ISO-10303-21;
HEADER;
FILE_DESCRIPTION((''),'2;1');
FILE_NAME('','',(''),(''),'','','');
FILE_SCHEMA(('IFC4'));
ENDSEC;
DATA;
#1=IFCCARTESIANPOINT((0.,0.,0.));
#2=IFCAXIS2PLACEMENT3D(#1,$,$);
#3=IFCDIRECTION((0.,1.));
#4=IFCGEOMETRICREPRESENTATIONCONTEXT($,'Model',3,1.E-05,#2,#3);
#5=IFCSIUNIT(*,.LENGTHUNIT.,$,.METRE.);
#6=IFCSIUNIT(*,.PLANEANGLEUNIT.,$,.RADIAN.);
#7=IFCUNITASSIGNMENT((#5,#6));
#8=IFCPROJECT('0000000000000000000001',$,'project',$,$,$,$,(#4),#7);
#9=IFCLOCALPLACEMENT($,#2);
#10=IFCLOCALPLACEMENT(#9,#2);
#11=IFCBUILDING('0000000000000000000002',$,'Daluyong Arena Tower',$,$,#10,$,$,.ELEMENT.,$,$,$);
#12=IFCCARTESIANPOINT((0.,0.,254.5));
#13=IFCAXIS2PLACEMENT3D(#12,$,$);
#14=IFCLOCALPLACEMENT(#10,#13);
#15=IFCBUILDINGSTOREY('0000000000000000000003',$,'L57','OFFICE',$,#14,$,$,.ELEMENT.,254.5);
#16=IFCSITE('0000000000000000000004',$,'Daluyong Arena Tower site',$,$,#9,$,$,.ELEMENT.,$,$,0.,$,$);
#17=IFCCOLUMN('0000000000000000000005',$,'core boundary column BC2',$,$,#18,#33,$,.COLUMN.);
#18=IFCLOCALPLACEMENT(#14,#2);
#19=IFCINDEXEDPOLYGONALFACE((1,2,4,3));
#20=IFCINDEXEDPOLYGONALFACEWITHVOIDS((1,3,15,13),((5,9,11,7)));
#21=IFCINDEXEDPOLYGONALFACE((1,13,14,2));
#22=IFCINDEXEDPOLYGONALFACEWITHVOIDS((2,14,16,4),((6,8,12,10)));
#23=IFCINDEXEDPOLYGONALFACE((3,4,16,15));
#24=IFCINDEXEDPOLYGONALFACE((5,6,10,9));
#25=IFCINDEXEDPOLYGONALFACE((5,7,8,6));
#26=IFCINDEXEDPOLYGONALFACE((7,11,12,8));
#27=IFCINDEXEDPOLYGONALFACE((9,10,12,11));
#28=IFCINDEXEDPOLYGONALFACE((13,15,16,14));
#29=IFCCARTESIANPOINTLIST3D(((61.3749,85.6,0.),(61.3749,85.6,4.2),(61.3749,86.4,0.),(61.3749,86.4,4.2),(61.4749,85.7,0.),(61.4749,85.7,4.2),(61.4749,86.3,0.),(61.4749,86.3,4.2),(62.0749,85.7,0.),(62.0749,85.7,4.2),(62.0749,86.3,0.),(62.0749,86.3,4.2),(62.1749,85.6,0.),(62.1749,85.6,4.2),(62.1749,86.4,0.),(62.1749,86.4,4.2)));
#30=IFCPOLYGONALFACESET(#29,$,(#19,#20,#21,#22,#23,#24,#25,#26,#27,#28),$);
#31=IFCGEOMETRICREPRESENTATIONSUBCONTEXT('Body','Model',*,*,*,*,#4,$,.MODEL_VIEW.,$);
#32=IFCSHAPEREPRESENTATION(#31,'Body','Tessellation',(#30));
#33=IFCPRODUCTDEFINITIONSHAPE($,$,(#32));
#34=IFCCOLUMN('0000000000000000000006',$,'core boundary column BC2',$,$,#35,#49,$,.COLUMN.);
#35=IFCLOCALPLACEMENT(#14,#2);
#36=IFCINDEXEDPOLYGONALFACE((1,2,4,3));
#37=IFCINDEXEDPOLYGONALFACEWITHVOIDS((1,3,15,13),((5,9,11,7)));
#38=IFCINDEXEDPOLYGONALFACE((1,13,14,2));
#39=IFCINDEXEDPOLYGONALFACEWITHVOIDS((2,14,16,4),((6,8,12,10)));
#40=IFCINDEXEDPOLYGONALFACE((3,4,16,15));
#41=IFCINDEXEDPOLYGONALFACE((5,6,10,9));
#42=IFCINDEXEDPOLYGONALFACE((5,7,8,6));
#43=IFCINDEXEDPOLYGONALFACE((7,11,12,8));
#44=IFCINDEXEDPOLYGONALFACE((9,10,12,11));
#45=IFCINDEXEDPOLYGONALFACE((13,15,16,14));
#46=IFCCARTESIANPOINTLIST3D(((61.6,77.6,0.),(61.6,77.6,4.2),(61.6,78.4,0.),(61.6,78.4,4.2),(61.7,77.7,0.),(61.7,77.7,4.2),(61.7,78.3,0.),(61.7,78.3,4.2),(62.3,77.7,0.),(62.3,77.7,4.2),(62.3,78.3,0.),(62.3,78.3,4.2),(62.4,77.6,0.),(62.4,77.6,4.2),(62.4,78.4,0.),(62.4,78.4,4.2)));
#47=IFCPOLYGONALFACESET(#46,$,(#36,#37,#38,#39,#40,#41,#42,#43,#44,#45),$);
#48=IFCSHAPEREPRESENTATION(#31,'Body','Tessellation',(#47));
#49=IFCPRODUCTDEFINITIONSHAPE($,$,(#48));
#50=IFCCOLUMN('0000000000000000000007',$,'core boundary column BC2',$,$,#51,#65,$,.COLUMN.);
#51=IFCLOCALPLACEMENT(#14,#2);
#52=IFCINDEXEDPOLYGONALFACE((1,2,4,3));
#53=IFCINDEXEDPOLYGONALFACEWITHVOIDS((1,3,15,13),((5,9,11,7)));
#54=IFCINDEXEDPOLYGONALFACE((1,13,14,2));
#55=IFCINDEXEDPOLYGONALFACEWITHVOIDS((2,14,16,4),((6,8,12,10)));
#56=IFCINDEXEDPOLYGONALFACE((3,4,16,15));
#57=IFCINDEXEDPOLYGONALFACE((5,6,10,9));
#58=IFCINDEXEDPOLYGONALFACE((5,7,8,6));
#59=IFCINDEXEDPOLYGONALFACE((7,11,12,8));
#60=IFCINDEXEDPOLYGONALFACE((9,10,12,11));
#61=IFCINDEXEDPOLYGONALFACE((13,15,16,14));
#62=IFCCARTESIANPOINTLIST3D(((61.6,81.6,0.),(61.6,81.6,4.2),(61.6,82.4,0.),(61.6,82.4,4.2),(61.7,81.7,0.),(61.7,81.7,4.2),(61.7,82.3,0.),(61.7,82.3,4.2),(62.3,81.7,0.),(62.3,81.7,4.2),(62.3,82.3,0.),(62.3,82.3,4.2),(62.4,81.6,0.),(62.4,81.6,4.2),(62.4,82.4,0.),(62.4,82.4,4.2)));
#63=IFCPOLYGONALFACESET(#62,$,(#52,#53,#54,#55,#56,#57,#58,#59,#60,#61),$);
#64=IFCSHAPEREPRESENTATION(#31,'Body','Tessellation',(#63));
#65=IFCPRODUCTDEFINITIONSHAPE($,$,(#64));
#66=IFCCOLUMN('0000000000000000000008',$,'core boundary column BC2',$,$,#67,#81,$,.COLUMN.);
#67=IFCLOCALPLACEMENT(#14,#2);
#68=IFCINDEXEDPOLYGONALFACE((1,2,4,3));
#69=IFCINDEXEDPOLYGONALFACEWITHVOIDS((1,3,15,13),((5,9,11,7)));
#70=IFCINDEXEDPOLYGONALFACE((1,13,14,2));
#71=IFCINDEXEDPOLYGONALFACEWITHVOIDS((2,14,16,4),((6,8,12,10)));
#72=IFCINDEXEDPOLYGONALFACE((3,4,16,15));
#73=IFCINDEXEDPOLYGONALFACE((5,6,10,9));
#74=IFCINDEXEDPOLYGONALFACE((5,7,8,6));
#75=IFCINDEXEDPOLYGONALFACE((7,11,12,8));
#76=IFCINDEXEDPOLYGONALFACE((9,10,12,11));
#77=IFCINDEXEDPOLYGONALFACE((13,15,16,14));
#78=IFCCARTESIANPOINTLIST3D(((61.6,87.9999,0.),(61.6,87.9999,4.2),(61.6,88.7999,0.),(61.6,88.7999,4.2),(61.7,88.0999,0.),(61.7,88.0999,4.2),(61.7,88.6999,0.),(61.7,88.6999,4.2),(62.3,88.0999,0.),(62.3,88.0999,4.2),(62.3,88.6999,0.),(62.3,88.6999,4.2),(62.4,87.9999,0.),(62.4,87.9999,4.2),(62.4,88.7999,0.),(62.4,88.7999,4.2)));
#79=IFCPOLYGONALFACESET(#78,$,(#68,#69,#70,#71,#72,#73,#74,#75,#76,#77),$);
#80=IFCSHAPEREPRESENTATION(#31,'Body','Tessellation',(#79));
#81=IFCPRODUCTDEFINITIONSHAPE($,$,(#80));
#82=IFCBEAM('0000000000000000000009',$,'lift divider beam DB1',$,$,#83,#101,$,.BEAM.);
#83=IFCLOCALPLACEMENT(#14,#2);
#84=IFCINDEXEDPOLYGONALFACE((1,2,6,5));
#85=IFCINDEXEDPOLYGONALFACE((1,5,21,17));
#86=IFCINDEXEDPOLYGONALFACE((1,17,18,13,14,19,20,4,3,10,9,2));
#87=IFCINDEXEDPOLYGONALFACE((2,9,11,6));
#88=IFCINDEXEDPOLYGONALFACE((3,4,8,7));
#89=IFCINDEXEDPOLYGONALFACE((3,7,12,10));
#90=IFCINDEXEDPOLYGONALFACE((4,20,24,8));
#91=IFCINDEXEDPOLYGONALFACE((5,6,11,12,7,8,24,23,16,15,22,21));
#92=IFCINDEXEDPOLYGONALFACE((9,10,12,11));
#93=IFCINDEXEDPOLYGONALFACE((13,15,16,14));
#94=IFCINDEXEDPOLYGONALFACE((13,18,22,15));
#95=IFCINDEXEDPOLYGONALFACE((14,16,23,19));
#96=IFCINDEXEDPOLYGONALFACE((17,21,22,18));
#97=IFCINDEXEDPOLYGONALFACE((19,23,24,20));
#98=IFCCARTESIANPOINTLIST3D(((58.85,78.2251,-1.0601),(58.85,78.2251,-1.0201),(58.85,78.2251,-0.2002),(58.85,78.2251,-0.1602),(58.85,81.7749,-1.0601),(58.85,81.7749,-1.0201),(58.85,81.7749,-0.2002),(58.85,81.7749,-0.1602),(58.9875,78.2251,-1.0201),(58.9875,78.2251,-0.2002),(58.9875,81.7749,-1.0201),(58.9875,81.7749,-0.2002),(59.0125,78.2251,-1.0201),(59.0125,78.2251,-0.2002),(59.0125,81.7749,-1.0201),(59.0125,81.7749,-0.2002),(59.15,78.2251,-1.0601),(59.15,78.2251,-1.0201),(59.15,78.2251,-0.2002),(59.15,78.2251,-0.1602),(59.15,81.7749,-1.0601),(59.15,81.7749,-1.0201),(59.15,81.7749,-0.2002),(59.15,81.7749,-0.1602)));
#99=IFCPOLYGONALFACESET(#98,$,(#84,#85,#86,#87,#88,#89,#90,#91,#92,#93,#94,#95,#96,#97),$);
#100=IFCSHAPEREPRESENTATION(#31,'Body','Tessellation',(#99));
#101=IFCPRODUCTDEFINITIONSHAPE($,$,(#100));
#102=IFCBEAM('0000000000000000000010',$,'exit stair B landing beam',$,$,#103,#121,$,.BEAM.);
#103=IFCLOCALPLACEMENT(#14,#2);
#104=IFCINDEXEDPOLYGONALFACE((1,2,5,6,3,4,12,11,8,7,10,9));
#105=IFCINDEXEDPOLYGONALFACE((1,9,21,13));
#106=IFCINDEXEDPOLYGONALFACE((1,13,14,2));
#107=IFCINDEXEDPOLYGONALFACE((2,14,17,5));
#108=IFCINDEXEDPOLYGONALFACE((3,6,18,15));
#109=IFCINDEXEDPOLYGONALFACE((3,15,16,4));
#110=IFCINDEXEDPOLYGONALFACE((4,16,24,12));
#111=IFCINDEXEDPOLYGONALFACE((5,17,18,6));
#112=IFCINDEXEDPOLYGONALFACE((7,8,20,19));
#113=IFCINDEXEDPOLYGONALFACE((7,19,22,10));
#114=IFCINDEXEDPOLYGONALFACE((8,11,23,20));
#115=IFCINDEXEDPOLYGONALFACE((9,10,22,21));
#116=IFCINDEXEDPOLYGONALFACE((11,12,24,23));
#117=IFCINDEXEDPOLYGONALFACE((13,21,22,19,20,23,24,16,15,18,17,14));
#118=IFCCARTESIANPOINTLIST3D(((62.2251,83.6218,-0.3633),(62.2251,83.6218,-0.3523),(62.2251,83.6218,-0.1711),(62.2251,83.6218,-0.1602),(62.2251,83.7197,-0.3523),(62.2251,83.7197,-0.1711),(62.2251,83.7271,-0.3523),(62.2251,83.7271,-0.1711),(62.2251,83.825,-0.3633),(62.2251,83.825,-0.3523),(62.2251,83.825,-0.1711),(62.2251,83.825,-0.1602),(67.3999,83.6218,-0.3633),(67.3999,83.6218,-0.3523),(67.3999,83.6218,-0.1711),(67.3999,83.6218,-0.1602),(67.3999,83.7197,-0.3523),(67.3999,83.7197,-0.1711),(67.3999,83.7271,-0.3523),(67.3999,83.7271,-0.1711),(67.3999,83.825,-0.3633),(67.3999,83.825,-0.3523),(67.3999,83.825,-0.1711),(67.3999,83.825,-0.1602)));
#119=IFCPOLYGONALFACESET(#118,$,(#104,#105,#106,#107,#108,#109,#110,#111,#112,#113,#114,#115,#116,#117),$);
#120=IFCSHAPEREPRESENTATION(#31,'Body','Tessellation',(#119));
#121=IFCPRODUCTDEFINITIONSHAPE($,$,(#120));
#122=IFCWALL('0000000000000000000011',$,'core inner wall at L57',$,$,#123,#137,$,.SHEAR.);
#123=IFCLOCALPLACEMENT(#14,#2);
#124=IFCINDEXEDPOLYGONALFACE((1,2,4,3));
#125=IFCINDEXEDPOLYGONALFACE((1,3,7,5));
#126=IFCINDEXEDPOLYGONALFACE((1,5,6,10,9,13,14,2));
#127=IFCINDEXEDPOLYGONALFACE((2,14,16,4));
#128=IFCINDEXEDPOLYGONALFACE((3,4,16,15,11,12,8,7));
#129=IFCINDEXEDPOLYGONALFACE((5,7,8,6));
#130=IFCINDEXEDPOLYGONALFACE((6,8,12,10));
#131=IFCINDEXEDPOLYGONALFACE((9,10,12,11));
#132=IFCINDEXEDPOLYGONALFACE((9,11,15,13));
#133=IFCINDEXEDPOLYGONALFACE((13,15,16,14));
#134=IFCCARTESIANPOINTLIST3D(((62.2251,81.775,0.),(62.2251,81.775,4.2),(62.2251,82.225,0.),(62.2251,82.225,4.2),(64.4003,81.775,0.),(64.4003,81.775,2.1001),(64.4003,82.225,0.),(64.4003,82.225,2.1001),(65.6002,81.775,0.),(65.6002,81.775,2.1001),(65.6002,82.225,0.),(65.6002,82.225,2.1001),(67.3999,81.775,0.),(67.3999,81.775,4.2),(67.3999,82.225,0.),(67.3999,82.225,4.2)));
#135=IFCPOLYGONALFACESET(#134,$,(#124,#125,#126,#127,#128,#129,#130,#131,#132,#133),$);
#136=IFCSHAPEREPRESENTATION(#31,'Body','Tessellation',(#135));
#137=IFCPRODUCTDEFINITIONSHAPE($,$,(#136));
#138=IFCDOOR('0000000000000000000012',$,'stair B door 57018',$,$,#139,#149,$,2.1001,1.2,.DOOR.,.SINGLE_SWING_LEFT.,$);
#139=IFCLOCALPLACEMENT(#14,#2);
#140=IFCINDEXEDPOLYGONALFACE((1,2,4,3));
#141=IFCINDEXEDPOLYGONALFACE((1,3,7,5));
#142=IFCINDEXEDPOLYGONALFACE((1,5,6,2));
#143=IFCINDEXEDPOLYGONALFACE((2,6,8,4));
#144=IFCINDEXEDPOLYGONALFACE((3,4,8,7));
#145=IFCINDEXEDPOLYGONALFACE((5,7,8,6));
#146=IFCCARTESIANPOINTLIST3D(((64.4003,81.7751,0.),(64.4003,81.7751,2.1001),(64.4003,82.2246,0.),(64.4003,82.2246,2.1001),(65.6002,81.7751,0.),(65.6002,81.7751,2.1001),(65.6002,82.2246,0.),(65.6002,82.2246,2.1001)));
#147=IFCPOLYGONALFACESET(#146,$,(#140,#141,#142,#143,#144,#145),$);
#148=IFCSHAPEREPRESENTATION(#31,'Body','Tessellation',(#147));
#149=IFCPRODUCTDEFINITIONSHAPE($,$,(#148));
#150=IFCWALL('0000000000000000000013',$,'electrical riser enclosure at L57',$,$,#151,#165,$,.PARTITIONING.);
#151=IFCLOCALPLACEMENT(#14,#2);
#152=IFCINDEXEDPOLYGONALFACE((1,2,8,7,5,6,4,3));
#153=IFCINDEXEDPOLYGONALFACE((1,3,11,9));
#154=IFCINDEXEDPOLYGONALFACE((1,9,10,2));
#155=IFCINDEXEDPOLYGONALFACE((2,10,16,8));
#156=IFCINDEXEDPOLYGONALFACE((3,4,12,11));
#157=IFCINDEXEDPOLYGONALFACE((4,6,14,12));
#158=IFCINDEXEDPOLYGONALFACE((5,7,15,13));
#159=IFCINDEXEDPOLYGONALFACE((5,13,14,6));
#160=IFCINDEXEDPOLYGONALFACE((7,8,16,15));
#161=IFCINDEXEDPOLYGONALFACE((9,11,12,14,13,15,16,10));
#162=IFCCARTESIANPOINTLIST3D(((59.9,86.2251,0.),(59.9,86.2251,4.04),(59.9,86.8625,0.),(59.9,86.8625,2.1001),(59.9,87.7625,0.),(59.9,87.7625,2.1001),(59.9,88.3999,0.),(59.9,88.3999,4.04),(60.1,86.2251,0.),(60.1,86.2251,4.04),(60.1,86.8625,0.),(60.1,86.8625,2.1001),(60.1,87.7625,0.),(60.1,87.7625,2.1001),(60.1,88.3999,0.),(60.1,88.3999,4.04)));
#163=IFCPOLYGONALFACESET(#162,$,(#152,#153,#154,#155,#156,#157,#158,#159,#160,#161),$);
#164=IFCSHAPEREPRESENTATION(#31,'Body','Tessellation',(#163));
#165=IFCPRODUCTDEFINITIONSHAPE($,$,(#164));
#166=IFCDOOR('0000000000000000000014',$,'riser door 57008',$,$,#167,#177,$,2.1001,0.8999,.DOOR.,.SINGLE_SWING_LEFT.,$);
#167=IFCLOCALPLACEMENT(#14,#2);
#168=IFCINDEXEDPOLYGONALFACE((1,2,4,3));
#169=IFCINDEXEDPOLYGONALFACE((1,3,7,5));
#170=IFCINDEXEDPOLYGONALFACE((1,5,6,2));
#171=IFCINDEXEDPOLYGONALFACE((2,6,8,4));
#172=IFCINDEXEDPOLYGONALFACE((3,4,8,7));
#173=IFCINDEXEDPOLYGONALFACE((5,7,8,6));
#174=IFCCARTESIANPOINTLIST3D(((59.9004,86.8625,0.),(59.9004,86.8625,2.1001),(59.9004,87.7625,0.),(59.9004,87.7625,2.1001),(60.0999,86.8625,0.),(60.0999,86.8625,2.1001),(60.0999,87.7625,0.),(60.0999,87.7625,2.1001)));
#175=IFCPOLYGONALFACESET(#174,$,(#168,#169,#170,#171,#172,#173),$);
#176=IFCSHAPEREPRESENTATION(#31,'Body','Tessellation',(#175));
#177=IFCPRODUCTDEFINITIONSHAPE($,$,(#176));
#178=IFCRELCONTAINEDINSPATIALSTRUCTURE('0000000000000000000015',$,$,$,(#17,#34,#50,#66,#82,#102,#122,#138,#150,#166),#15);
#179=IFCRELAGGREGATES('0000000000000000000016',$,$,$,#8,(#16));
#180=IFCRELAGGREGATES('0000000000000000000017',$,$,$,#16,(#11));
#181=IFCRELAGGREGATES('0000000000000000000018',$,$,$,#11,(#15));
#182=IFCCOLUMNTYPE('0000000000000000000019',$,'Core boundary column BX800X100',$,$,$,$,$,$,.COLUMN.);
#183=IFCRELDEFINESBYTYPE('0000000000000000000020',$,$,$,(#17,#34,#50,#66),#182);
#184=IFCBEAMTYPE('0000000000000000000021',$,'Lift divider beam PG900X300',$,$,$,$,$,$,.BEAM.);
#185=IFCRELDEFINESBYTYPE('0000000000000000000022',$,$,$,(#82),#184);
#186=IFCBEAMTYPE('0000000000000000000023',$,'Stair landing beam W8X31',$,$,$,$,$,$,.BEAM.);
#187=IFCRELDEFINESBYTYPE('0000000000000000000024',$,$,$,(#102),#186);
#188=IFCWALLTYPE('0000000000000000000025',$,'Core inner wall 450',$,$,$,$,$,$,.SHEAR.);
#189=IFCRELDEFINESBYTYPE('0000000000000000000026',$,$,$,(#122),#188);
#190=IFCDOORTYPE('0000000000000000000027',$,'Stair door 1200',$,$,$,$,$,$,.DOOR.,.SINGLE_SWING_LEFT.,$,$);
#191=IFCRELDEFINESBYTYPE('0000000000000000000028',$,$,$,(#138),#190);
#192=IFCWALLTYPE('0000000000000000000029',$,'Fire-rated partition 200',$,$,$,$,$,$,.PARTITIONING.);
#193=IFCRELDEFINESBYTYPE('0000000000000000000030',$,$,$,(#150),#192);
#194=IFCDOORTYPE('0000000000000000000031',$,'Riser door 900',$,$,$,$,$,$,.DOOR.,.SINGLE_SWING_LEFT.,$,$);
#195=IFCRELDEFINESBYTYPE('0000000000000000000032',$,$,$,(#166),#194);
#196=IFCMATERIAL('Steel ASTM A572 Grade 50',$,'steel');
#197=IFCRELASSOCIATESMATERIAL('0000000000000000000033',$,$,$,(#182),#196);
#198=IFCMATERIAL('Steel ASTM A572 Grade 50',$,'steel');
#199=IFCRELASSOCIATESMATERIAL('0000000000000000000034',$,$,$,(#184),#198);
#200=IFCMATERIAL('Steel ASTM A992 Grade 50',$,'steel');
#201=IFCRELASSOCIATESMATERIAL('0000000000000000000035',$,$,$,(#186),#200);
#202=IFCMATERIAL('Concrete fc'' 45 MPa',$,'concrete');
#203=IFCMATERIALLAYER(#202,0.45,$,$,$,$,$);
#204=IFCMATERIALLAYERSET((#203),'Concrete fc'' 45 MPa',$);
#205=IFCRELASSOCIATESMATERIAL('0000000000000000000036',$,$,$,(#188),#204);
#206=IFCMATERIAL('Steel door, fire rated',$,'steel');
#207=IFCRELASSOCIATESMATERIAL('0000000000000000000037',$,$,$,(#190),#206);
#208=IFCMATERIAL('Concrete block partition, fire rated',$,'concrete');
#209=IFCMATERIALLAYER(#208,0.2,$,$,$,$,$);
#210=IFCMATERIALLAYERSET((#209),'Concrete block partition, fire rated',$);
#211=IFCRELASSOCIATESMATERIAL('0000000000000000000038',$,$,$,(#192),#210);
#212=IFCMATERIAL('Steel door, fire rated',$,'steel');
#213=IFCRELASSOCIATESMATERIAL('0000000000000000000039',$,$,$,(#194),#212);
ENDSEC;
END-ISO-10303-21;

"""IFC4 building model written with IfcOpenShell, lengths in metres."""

from ifc_helpers import new_model, si_unit, direction, frame, frame_2d, origin, origin_2d, place, context, subcontext, project, spatial, rectangle, hollow_rectangle, i_section, extrude, material, layer, layer_set, material_profile, profile_set, type_object, element, fill, save


model = new_model("IFC4")

# Units and contexts
model_context = context("Model", 3, precision=1e-05, world=origin(), true_north=direction((0.0, 1.0)))
body_context = subcontext(model_context, "Body", "Model", "MODEL_VIEW")
ifc_project = project(units=[si_unit("LENGTHUNIT", "METRE"), si_unit("PLANEANGLEUNIT", "RADIAN")], contexts=[model_context])

# Site, building, storey
site_placement = place(None, origin())
site = spatial("IfcSite", under=ifc_project, at=site_placement, Name="Daluyong Arena Tower site", CompositionType="ELEMENT", RefElevation=0.0)
building_placement = place(site_placement, origin())
building = spatial("IfcBuilding", under=site, at=building_placement, Name="Daluyong Arena Tower", CompositionType="ELEMENT")
storey_placement = place(building_placement, frame((0.0, 0.0, 254.5)))
storey = spatial("IfcBuildingStorey", under=building, at=storey_placement, Name="L57", Description="OFFICE", CompositionType="ELEMENT", Elevation=254.5)

# Columns
ifc_material_1 = material(Name="Steel ASTM A572 Grade 50", Category="steel")
ifc_material_profile_1 = material_profile(ifc_material_1, hollow_rectangle(XDim=0.8, YDim=0.8, WallThickness=0.1, at=origin_2d()))
ifc_profile_set_1 = profile_set([ifc_material_profile_1], Name="Steel ASTM A572 Grade 50")
column_type = type_object("IfcColumnType", Name="Core boundary column BX800X100", PredefinedType="COLUMN", material=ifc_profile_set_1)
for number, where, z_axis, x_axis, name in (
    (1, (61.7749, 86.0, 0.0), (0.0, 0.0, 1.0), (1.0, 0.0, 0.0), "core boundary column BC2"),
    (2, (62.0, 78.0, 0.0), (0.0, 0.0, 1.0), (1.0, 0.0, 0.0), "core boundary column BC2"),
    (3, (62.0, 82.0, 0.0), (0.0, 0.0, 1.0), (1.0, 0.0, 0.0), "core boundary column BC2"),
    (4, (62.0, 88.3999, 0.0), (0.0, 0.0, 1.0), (1.0, 0.0, 0.0), "core boundary column BC2"),
):
    element("IfcColumn", number, at=place(storey_placement, frame(where, z_axis=z_axis, x_axis=x_axis)), inside=storey, type_object=column_type, Name=name, PredefinedType="COLUMN", context=body_context, shape_type="SweptSolid", body=[
        extrude(hollow_rectangle(XDim=0.8, YDim=0.8, WallThickness=0.1, at=origin_2d()), origin(), (0.0, 0.0, 1.0), 4.2),
    ])

# Beams
ifc_material_2 = material(Name="Steel ASTM A572 Grade 50", Category="steel")
ifc_material_profile_2 = material_profile(ifc_material_2, i_section(OverallWidth=0.3, OverallDepth=0.8999, WebThickness=0.025, FlangeThickness=0.04, at=origin_2d()))
ifc_profile_set_2 = profile_set([ifc_material_profile_2], Name="Steel ASTM A572 Grade 50")
beam_type_1 = type_object("IfcBeamType", Name="Lift divider beam PG900X300", PredefinedType="BEAM", material=ifc_profile_set_2)
beam_1_placement = place(storey_placement, frame((59.0, 78.2251, -0.6101), z_axis=(0.0, 1.0, 0.0), x_axis=(-1.0, 0.0, 0.0)))
element("IfcBeam", 5, at=beam_1_placement, inside=storey, type_object=beam_type_1, Name="lift divider beam DB1", PredefinedType="BEAM", context=body_context, shape_type="SweptSolid", body=[
    extrude(i_section(OverallWidth=0.3, OverallDepth=0.8999, WebThickness=0.025, FlangeThickness=0.04, at=origin_2d()), origin(), (0.0, 0.0, 1.0), 3.5498),
])
ifc_material_3 = material(Name="Steel ASTM A992 Grade 50", Category="steel")
ifc_material_profile_3 = material_profile(ifc_material_3, i_section(OverallWidth=0.2031, OverallDepth=0.2031, WebThickness=0.0073, FlangeThickness=0.011, at=origin_2d()))
ifc_profile_set_3 = profile_set([ifc_material_profile_3], Name="Steel ASTM A992 Grade 50")
beam_type_2 = type_object("IfcBeamType", Name="Stair landing beam W8X31", PredefinedType="BEAM", material=ifc_profile_set_3)
beam_2_placement = place(storey_placement, frame((62.2251, 83.7234, -0.2617), z_axis=(1.0, 0.0, 0.0), x_axis=(0.0, 1.0, 0.0)))
element("IfcBeam", 6, at=beam_2_placement, inside=storey, type_object=beam_type_2, Name="exit stair B landing beam", PredefinedType="BEAM", context=body_context, shape_type="SweptSolid", body=[
    extrude(i_section(OverallWidth=0.2031, OverallDepth=0.2031, WebThickness=0.0073, FlangeThickness=0.011, at=origin_2d()), origin(), (0.0, 0.0, 1.0), 5.1748),
])

# Walls, openings, doors
ifc_material_4 = material(Name="Concrete fc' 45 MPa", Category="concrete")
ifc_layer_1 = layer(ifc_material_4, 0.45)
ifc_layer_set_1 = layer_set([ifc_layer_1], Name="Concrete fc' 45 MPa")
wall_type_1 = type_object("IfcWallType", Name="Core inner wall 450", PredefinedType="SHEAR", material=ifc_layer_set_1)
wall_1_placement = place(storey_placement, frame((62.2251, 82.0, 0.0), z_axis=(0.0, 0.0, 1.0), x_axis=(1.0, 0.0, 0.0)))
wall_1 = element("IfcWall", 7, at=wall_1_placement, inside=storey, type_object=wall_type_1, Name="core inner wall at L57", PredefinedType="SHEAR", context=body_context, shape_type="SweptSolid", body=[
    extrude(rectangle(XDim=5.1748, YDim=0.45, at=frame_2d((2.5874, 0.0))), origin(), (0.0, 0.0, 1.0), 4.2),
])
opening_1_placement = place(wall_1_placement, frame((2.175, 0.0, 0.0)))
opening_1 = element("IfcOpeningElement", 8, at=opening_1_placement, cuts=wall_1, PredefinedType="OPENING", context=body_context, shape_type="SweptSolid", body=[
    extrude(rectangle(XDim=1.2, YDim=2.1001, at=frame_2d((0.6001, 1.05))), frame((0.0, 0.2349, 0.0), z_axis=(0.0, -1.0, 0.0), x_axis=(1.0, 0.0, 0.0)), (0.0, 0.0, 1.0), 0.47),
])
ifc_material_5 = material(Name="Steel door, fire rated", Category="steel")
door_type_1 = type_object("IfcDoorType", Name="Stair door 1200", OperationType="SINGLE_SWING_LEFT", PredefinedType="DOOR", material=ifc_material_5)
door_1_placement = place(opening_1_placement, origin())
door_1 = element("IfcDoor", 9, at=door_1_placement, inside=storey, type_object=door_type_1, Name="stair B door 57018", OperationType="SINGLE_SWING_LEFT", OverallHeight=2.1001, OverallWidth=1.2, PredefinedType="DOOR", context=body_context, shape_type="SweptSolid", body=[
    extrude(rectangle(XDim=1.2, YDim=2.1001, at=frame_2d((0.6001, 1.05))), frame((0.0, 0.2246, 0.0), z_axis=(0.0, -1.0, 0.0), x_axis=(1.0, 0.0, 0.0)), (0.0, 0.0, 1.0), 0.4495),
])
fill(opening_1, door_1)
ifc_material_6 = material(Name="Concrete block partition, fire rated", Category="concrete")
ifc_layer_2 = layer(ifc_material_6, 0.2)
ifc_layer_set_2 = layer_set([ifc_layer_2], Name="Concrete block partition, fire rated")
wall_type_2 = type_object("IfcWallType", Name="Fire-rated partition 200", PredefinedType="PARTITIONING", material=ifc_layer_set_2)
wall_2_placement = place(storey_placement, frame((60.0, 86.2251, 0.0), z_axis=(0.0, 0.0, 1.0), x_axis=(0.0, 1.0, 0.0)))
wall_2 = element("IfcWall", 10, at=wall_2_placement, inside=storey, type_object=wall_type_2, Name="electrical riser enclosure at L57", PredefinedType="PARTITIONING", context=body_context, shape_type="SweptSolid", body=[
    extrude(rectangle(XDim=2.1748, YDim=0.2, at=frame_2d((1.0874, 0.0))), origin(), (0.0, 0.0, 1.0), 4.04),
])
opening_2_placement = place(wall_2_placement, frame((0.6375, 0.0, 0.0)))
opening_2 = element("IfcOpeningElement", 11, at=opening_2_placement, cuts=wall_2, PredefinedType="OPENING", context=body_context, shape_type="SweptSolid", body=[
    extrude(rectangle(XDim=0.8999, YDim=2.1001, at=frame_2d((0.45, 1.05))), frame((0.0, 0.1099, 0.0), z_axis=(0.0, -1.0, 0.0), x_axis=(1.0, 0.0, 0.0)), (0.0, 0.0, 1.0), 0.22),
])
ifc_material_7 = material(Name="Steel door, fire rated", Category="steel")
door_type_2 = type_object("IfcDoorType", Name="Riser door 900", OperationType="SINGLE_SWING_LEFT", PredefinedType="DOOR", material=ifc_material_7)
door_2_placement = place(opening_2_placement, origin())
door_2 = element("IfcDoor", 12, at=door_2_placement, inside=storey, type_object=door_type_2, Name="riser door 57008", OperationType="SINGLE_SWING_LEFT", OverallHeight=2.1001, OverallWidth=0.8999, PredefinedType="DOOR", context=body_context, shape_type="SweptSolid", body=[
    extrude(rectangle(XDim=0.8999, YDim=2.1001, at=frame_2d((0.45, 1.05))), frame((0.0, 0.0996, 0.0), z_axis=(0.0, -1.0, 0.0), x_axis=(1.0, 0.0, 0.0)), (0.0, 0.0, 1.0), 0.1995),
])
fill(opening_2, door_2)

save(model, "model.ifc")
